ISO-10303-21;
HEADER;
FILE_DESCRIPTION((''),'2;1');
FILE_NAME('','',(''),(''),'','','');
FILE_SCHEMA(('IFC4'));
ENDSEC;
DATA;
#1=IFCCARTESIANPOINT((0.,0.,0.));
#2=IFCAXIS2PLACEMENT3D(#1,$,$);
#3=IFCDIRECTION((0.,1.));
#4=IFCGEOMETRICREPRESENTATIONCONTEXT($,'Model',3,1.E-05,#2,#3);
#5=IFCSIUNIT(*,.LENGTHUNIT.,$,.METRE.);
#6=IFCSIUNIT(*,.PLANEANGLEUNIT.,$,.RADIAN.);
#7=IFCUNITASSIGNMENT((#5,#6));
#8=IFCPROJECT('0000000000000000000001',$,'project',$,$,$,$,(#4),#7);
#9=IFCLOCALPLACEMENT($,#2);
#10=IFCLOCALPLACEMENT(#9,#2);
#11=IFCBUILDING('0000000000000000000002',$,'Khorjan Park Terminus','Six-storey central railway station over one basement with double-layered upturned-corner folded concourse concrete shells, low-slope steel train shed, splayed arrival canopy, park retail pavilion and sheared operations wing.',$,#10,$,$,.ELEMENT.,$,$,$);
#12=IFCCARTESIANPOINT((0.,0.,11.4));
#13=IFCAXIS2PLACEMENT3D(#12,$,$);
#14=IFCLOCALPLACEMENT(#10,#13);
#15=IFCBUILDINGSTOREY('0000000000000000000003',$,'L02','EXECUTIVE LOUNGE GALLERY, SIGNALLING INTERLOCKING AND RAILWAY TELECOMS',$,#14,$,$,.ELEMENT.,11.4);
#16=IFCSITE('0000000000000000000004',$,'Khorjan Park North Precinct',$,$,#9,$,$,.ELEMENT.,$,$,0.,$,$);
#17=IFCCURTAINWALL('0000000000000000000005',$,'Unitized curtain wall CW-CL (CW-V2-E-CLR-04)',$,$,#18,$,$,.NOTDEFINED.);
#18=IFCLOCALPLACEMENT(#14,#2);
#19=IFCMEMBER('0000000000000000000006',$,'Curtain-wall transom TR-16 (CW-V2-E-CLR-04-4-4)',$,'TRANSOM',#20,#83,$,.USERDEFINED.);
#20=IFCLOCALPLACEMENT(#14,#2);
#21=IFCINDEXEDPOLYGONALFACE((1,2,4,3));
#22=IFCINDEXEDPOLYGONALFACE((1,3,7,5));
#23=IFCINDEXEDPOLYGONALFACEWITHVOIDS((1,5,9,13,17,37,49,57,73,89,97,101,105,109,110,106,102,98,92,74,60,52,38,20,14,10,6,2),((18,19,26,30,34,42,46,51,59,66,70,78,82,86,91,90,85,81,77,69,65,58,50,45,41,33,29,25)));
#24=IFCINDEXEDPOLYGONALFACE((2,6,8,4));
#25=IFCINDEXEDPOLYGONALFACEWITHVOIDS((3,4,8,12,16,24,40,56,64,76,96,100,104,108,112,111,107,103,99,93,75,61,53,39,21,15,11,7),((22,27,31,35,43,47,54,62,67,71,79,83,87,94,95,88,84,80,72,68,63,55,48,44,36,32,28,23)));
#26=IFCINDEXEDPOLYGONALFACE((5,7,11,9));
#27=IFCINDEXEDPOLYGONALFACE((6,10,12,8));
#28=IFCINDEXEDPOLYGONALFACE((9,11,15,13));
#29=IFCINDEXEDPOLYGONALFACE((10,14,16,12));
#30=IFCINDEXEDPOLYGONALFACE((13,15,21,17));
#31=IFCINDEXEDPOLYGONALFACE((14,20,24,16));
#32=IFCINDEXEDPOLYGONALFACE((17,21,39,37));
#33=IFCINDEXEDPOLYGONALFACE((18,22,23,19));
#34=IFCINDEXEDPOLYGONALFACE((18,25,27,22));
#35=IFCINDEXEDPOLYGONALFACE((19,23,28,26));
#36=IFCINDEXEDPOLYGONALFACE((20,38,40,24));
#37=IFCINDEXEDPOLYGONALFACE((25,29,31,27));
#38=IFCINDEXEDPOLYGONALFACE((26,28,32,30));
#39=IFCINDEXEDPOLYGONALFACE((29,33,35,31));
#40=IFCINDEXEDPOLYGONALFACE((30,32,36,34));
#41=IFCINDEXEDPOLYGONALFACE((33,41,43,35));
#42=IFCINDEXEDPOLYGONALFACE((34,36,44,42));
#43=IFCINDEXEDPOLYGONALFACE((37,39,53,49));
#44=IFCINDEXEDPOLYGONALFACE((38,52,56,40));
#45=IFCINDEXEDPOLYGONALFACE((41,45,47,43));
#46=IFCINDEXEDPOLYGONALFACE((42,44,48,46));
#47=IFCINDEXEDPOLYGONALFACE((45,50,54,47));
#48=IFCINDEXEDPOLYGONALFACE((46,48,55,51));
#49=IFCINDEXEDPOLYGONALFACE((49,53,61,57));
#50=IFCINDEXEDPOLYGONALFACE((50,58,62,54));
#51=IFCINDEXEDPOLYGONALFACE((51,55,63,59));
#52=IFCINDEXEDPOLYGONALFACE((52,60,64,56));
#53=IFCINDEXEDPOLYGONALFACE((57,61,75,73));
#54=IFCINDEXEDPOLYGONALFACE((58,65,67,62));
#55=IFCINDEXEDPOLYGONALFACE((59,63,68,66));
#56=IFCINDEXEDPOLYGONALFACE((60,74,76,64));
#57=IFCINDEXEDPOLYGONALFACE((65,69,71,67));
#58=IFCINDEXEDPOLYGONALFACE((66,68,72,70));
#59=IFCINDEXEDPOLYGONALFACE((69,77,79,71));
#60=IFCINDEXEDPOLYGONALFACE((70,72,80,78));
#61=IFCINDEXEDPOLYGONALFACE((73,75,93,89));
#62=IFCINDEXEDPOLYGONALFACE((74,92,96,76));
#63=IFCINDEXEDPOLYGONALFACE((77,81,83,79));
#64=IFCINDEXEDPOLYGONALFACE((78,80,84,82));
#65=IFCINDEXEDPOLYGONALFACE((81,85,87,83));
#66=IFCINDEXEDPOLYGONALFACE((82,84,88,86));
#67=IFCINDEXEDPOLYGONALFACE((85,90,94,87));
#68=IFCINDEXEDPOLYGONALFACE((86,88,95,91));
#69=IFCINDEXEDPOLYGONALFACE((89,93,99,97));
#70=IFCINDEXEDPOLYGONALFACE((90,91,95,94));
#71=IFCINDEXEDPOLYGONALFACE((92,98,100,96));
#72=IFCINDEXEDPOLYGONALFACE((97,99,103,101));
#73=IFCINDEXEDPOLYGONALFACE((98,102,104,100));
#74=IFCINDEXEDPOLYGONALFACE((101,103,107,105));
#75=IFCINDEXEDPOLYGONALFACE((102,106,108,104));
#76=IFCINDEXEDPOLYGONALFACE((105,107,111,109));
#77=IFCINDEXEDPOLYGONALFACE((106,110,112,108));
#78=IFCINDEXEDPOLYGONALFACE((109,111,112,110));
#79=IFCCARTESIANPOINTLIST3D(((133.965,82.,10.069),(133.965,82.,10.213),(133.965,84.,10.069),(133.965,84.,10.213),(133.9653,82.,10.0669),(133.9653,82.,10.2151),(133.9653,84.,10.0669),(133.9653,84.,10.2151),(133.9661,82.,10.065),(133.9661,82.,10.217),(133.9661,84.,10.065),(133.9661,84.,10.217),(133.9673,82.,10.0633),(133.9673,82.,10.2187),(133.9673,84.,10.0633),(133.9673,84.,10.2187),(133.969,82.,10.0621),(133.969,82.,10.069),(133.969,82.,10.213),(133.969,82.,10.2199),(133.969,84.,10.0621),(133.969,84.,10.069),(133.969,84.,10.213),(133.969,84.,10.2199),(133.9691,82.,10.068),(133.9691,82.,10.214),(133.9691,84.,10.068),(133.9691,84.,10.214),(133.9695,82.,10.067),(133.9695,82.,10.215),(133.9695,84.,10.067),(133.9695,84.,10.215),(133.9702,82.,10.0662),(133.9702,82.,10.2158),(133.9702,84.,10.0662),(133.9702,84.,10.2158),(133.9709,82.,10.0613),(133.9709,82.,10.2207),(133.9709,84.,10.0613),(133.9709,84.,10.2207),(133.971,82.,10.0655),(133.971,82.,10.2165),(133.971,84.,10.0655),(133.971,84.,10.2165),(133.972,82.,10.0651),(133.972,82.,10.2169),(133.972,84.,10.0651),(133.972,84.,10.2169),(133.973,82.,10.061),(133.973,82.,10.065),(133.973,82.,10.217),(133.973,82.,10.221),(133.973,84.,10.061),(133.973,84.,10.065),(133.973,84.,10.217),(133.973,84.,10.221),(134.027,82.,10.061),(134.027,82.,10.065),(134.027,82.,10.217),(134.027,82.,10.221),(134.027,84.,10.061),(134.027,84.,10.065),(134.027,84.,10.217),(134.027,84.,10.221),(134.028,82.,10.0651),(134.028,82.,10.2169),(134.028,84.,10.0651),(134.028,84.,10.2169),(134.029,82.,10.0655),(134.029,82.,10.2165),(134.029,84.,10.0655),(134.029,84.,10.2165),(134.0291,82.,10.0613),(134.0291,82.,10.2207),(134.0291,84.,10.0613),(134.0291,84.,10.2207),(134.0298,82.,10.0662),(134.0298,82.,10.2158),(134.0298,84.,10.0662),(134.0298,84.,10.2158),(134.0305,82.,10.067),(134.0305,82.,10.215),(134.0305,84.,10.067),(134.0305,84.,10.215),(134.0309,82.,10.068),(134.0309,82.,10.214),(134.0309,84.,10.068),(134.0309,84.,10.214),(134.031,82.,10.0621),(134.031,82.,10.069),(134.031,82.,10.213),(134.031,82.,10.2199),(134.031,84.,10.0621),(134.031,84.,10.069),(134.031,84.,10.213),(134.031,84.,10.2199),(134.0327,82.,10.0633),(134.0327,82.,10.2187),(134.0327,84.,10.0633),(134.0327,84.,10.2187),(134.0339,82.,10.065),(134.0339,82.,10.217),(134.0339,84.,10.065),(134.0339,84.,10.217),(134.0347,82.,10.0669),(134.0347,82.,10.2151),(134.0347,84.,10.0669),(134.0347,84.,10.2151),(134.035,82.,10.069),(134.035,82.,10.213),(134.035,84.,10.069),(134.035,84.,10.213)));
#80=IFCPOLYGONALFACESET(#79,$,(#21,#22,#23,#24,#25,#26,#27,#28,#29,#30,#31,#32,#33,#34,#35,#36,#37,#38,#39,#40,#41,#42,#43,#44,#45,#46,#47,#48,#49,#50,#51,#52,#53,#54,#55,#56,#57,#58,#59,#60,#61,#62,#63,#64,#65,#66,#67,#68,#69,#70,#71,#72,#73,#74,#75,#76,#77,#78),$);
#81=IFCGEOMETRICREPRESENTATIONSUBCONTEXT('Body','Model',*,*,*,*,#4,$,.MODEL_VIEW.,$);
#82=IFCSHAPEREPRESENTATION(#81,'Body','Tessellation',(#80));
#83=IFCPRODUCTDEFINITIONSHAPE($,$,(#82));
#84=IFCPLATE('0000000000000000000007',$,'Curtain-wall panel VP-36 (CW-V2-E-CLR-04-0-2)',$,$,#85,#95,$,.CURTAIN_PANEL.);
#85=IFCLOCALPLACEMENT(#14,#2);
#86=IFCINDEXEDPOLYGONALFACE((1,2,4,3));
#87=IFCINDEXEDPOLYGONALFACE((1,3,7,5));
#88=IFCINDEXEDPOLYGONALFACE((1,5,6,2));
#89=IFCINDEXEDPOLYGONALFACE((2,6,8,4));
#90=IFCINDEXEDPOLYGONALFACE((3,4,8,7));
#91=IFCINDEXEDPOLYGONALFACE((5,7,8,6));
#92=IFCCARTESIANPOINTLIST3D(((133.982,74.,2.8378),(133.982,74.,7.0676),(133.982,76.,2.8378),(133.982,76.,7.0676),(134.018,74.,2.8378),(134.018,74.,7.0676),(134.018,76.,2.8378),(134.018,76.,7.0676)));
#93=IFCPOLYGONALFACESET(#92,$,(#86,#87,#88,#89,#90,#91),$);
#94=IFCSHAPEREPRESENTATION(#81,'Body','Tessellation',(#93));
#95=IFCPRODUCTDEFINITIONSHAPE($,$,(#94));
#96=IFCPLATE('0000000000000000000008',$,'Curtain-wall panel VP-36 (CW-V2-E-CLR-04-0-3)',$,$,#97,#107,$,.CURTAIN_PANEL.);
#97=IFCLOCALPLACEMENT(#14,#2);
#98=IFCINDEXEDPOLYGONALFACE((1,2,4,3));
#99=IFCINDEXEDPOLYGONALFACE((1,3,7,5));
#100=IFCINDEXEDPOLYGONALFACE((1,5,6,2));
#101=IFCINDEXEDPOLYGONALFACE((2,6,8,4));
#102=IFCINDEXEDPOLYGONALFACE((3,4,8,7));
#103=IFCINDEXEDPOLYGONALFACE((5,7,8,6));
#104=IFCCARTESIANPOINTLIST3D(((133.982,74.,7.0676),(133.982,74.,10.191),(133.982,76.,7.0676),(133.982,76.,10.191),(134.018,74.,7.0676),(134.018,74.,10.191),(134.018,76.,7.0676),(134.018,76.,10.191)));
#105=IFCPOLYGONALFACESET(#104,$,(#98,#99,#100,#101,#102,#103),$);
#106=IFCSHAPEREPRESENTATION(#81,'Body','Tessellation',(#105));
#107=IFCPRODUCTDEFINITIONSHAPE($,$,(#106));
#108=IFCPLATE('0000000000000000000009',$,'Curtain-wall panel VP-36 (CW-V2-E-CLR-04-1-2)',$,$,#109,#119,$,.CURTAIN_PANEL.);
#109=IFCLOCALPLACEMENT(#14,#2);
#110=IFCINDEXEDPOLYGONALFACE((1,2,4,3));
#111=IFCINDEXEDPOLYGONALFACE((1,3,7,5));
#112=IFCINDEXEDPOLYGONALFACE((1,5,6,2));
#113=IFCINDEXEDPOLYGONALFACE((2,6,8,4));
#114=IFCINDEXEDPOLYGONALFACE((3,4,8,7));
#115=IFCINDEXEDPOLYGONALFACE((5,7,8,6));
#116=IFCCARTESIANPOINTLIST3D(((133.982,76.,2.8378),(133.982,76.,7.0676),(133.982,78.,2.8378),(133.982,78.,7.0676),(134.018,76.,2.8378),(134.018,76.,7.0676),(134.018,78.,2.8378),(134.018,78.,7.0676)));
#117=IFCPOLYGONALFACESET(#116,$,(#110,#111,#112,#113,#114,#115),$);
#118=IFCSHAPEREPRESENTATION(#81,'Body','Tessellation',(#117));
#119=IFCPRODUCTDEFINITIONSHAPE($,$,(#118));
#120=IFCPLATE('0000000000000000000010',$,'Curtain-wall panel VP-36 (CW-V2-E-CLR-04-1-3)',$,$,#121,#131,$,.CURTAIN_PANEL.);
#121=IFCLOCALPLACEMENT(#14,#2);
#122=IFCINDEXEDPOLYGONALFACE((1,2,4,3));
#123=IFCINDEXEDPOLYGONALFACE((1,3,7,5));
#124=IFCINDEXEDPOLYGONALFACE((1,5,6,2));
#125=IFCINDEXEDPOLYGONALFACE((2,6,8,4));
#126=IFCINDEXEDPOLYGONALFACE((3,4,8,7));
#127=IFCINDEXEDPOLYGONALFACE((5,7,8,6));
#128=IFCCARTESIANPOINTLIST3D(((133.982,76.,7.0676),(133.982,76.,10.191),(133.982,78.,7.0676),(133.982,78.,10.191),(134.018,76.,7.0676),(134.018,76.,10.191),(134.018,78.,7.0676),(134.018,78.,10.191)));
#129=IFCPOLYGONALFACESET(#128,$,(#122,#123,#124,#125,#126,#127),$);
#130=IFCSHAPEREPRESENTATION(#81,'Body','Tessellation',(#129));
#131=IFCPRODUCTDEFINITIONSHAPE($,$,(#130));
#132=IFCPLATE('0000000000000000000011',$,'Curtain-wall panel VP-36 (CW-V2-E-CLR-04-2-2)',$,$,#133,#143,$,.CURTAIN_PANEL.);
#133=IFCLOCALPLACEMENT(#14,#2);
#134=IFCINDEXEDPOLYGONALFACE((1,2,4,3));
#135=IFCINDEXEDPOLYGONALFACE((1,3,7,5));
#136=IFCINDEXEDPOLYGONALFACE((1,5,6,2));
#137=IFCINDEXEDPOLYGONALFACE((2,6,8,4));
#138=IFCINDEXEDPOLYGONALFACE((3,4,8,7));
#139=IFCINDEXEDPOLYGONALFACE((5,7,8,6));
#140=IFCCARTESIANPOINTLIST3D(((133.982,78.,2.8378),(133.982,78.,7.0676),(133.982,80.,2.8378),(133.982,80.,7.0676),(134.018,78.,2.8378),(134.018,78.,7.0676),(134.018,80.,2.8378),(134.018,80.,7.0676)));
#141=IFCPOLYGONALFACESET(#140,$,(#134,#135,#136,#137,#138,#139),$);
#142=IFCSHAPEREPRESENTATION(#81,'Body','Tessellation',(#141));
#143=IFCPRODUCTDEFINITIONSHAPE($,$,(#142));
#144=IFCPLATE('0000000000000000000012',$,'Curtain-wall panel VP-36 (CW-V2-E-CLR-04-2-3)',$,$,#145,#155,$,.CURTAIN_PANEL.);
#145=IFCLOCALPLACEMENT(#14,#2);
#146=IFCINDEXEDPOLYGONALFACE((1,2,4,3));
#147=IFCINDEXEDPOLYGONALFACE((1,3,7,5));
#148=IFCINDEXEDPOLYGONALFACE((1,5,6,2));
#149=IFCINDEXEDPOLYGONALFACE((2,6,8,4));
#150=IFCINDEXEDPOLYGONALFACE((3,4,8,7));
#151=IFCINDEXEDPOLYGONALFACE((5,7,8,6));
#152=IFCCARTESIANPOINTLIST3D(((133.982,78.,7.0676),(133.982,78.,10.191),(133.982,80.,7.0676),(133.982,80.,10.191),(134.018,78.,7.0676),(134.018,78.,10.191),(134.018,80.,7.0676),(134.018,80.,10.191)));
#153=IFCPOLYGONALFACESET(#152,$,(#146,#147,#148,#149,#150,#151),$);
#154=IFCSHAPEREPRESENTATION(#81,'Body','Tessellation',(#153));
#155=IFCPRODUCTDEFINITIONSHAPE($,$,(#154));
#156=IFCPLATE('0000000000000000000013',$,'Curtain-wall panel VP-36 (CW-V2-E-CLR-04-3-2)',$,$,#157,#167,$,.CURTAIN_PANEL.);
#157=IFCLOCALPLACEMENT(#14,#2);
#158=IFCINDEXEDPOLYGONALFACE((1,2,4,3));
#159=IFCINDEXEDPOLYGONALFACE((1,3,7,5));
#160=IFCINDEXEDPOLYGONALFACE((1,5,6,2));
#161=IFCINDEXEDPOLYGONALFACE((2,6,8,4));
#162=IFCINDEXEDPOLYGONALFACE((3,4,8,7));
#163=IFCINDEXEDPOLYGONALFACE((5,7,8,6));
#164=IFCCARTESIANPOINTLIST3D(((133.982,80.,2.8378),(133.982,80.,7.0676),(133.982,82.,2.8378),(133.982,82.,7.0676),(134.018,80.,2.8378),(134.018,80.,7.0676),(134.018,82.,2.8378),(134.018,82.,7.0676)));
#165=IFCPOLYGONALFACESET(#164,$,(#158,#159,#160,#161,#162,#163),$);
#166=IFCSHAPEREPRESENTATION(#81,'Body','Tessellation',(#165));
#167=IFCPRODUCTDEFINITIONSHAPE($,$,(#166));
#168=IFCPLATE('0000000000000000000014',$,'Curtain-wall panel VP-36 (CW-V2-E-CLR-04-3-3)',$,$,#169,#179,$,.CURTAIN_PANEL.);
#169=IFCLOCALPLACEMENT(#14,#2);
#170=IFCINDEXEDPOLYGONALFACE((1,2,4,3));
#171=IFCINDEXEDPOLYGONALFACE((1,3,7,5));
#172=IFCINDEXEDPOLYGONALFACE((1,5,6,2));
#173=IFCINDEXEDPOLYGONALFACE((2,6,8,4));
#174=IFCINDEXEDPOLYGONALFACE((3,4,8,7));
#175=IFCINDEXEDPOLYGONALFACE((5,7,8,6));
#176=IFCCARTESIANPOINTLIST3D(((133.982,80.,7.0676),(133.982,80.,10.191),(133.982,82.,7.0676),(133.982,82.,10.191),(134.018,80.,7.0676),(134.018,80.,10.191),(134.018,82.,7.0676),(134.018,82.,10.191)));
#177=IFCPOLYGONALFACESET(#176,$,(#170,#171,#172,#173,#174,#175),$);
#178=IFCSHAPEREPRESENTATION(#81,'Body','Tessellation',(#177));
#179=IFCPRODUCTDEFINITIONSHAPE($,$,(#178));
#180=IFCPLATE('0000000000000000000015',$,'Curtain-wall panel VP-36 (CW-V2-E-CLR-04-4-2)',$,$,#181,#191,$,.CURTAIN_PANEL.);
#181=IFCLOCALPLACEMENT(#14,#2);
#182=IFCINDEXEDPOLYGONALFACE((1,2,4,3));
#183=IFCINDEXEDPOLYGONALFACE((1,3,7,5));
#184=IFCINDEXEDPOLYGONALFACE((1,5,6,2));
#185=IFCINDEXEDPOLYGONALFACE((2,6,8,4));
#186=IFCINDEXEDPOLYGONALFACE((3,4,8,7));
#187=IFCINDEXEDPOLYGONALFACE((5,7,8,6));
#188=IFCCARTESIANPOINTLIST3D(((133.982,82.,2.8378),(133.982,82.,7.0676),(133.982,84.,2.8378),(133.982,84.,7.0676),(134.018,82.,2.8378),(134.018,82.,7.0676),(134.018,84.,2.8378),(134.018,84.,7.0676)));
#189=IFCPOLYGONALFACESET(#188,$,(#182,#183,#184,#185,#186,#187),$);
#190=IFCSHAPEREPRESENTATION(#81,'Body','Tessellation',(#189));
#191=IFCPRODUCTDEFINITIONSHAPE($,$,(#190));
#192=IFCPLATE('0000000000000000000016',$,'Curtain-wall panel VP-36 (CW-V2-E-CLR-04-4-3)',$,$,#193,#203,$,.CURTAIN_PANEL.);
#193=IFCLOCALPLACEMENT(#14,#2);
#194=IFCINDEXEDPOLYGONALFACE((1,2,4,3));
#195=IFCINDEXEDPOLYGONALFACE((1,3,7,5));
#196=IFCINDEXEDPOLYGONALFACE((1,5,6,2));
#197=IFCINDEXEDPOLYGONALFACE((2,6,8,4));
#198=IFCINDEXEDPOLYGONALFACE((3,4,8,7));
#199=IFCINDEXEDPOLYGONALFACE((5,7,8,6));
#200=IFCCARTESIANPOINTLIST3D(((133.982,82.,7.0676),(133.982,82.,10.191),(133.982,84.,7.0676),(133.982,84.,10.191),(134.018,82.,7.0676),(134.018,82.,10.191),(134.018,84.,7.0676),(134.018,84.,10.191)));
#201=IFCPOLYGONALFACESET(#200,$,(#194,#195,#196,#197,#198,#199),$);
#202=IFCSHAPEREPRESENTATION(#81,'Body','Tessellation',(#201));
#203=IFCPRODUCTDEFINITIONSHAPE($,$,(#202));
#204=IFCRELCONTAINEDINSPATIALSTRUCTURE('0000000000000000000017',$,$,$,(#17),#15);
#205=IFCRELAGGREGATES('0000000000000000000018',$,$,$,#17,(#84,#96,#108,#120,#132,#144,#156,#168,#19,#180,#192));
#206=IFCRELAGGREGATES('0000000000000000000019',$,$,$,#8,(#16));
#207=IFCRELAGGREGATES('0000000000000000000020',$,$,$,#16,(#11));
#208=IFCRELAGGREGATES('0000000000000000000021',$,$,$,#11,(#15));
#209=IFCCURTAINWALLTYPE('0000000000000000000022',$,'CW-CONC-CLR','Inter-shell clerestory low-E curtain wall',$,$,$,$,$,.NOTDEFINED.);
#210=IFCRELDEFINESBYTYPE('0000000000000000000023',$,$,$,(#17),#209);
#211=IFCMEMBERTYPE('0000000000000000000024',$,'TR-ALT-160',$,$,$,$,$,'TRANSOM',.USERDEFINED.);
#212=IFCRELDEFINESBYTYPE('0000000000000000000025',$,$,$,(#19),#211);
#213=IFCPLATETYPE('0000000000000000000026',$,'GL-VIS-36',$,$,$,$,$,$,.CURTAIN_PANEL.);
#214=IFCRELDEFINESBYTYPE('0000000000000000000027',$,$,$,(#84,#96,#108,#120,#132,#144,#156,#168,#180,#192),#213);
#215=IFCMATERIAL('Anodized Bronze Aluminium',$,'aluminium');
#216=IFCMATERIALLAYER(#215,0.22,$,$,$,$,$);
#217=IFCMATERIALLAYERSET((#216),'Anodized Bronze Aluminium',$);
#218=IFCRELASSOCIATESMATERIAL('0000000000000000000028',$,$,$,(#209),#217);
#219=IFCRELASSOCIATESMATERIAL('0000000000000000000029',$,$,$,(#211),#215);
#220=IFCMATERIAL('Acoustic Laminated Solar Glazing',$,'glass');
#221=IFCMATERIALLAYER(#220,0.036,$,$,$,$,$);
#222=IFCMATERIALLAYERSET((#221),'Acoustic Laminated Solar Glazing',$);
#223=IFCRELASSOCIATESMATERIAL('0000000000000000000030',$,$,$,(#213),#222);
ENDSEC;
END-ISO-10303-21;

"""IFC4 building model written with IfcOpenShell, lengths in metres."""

from ifc_helpers import new_model, si_unit, direction, frame, origin, origin_2d, place, context, subcontext, project, spatial, rectangle, hollow_rectangle, extrude, material, layer, layer_set, material_profile, profile_set, type_object, element, aggregate, save


model = new_model("IFC4")

# Units and contexts
model_context = context("Model", 3, precision=1e-05, world=origin(), true_north=direction((0.0, 1.0)))
body_context = subcontext(model_context, "Body", "Model", "MODEL_VIEW")
ifc_project = project(units=[si_unit("LENGTHUNIT", "METRE"), si_unit("PLANEANGLEUNIT", "RADIAN")], contexts=[model_context])

# Site, building, storey
site_placement = place(None, origin())
site = spatial("IfcSite", under=ifc_project, at=site_placement, Name="Khorjan Park North Precinct", CompositionType="ELEMENT", RefElevation=0.0)
building_placement = place(site_placement, origin())
building = spatial("IfcBuilding", under=site, at=building_placement, Name="Khorjan Park Terminus", Description="Six-storey central railway station over one basement with double-layered upturned-corner folded concourse concrete shells, low-slope steel train shed, splayed arrival canopy, park retail pavilion and sheared operations wing.", CompositionType="ELEMENT")
storey_placement = place(building_placement, frame((0.0, 0.0, 11.4)))
storey = spatial("IfcBuildingStorey", under=building, at=storey_placement, Name="L02", Description="EXECUTIVE LOUNGE GALLERY, SIGNALLING INTERLOCKING AND RAILWAY TELECOMS", CompositionType="ELEMENT", Elevation=11.4)

# Curtain wall, member, plates
ifc_material_1 = material(Name="Anodized Bronze Aluminium", Category="aluminium")
ifc_layer_1 = layer(ifc_material_1, 0.22)
ifc_layer_set_1 = layer_set([ifc_layer_1], Name="Anodized Bronze Aluminium")
curtain_wall_type = type_object("IfcCurtainWallType", Name="CW-CONC-CLR", Description="Inter-shell clerestory low-E curtain wall", PredefinedType="NOTDEFINED", material=ifc_layer_set_1)
curtain_wall_placement = place(storey_placement, origin())
curtain_wall = element("IfcCurtainWall", 1, at=curtain_wall_placement, inside=storey, type_object=curtain_wall_type, Name="Unitized curtain wall CW-CL (CW-V2-E-CLR-04)", PredefinedType="NOTDEFINED")
ifc_material_profile_1 = material_profile(ifc_material_1, hollow_rectangle(XDim=0.07, YDim=0.16, WallThickness=0.004, InnerFilletRadius=0.004, OuterFilletRadius=0.008, at=origin_2d()), Name="ALT 70x160x4")
ifc_profile_set_1 = profile_set([ifc_material_profile_1], Name="Anodized Bronze Aluminium")
member_type_1 = type_object("IfcMemberType", Name="TR-ALT-160", ElementType="TRANSOM", PredefinedType="USERDEFINED", material=ifc_profile_set_1)
member_1_placement = place(storey_placement, frame((134.0, 82.0, 10.141), z_axis=(0.0, 1.0, 0.0), x_axis=(-1.0, 0.0, 0.0)))
member_1 = element("IfcMember", 2, at=member_1_placement, type_object=member_type_1, Name="Curtain-wall transom TR-16 (CW-V2-E-CLR-04-4-4)", ObjectType="TRANSOM", PredefinedType="USERDEFINED", context=body_context, shape_type="SweptSolid", body=[
    extrude(hollow_rectangle(XDim=0.07, YDim=0.16, WallThickness=0.004, InnerFilletRadius=0.004, OuterFilletRadius=0.008, at=origin_2d()), origin(), (0.0, 0.0, 1.0), 2.0),
])
ifc_material_2 = material(Name="Acoustic Laminated Solar Glazing", Category="glass")
ifc_layer_2 = layer(ifc_material_2, 0.036)
ifc_layer_set_2 = layer_set([ifc_layer_2], Name="Acoustic Laminated Solar Glazing")
plate_type_1 = type_object("IfcPlateType", Name="GL-VIS-36", PredefinedType="CURTAIN_PANEL", material=ifc_layer_set_2)
plate_1_placement = place(storey_placement, frame((134.0, 75.0, 2.8378), z_axis=(0.0, 0.0, 1.0), x_axis=(0.0, 1.0, 0.0)))
plate_1 = element("IfcPlate", 3, at=plate_1_placement, type_object=plate_type_1, Name="Curtain-wall panel VP-36 (CW-V2-E-CLR-04-0-2)", PredefinedType="CURTAIN_PANEL", context=body_context, shape_type="SweptSolid", body=[
    extrude(rectangle(XDim=2.0, YDim=0.036, at=origin_2d()), origin(), (0.0, 0.0, 1.0), 4.2298),
])
plate_2_placement = place(storey_placement, frame((134.0, 75.0, 7.0676), z_axis=(0.0, 0.0, 1.0), x_axis=(0.0, 1.0, 0.0)))
plate_2 = element("IfcPlate", 4, at=plate_2_placement, type_object=plate_type_1, Name="Curtain-wall panel VP-36 (CW-V2-E-CLR-04-0-3)", PredefinedType="CURTAIN_PANEL", context=body_context, shape_type="SweptSolid", body=[
    extrude(rectangle(XDim=2.0, YDim=0.036, at=origin_2d()), origin(), (0.0, 0.0, 1.0), 3.1234),
])
plate_3_placement = place(storey_placement, frame((134.0, 77.0, 2.8378), z_axis=(0.0, 0.0, 1.0), x_axis=(0.0, 1.0, 0.0)))
plate_3 = element("IfcPlate", 5, at=plate_3_placement, type_object=plate_type_1, Name="Curtain-wall panel VP-36 (CW-V2-E-CLR-04-1-2)", PredefinedType="CURTAIN_PANEL", context=body_context, shape_type="SweptSolid", body=[
    extrude(rectangle(XDim=2.0, YDim=0.036, at=origin_2d()), origin(), (0.0, 0.0, 1.0), 4.2298),
])
plate_4_placement = place(storey_placement, frame((134.0, 77.0, 7.0676), z_axis=(0.0, 0.0, 1.0), x_axis=(0.0, 1.0, 0.0)))
plate_4 = element("IfcPlate", 6, at=plate_4_placement, type_object=plate_type_1, Name="Curtain-wall panel VP-36 (CW-V2-E-CLR-04-1-3)", PredefinedType="CURTAIN_PANEL", context=body_context, shape_type="SweptSolid", body=[
    extrude(rectangle(XDim=2.0, YDim=0.036, at=origin_2d()), origin(), (0.0, 0.0, 1.0), 3.1234),
])
plate_5_placement = place(storey_placement, frame((134.0, 79.0, 2.8378), z_axis=(0.0, 0.0, 1.0), x_axis=(0.0, 1.0, 0.0)))
plate_5 = element("IfcPlate", 7, at=plate_5_placement, type_object=plate_type_1, Name="Curtain-wall panel VP-36 (CW-V2-E-CLR-04-2-2)", PredefinedType="CURTAIN_PANEL", context=body_context, shape_type="SweptSolid", body=[
    extrude(rectangle(XDim=2.0, YDim=0.036, at=origin_2d()), origin(), (0.0, 0.0, 1.0), 4.2298),
])
plate_6_placement = place(storey_placement, frame((134.0, 79.0, 7.0676), z_axis=(0.0, 0.0, 1.0), x_axis=(0.0, 1.0, 0.0)))
plate_6 = element("IfcPlate", 8, at=plate_6_placement, type_object=plate_type_1, Name="Curtain-wall panel VP-36 (CW-V2-E-CLR-04-2-3)", PredefinedType="CURTAIN_PANEL", context=body_context, shape_type="SweptSolid", body=[
    extrude(rectangle(XDim=2.0, YDim=0.036, at=origin_2d()), origin(), (0.0, 0.0, 1.0), 3.1234),
])
plate_7_placement = place(storey_placement, frame((134.0, 81.0, 2.8378), z_axis=(0.0, 0.0, 1.0), x_axis=(0.0, 1.0, 0.0)))
plate_7 = element("IfcPlate", 9, at=plate_7_placement, type_object=plate_type_1, Name="Curtain-wall panel VP-36 (CW-V2-E-CLR-04-3-2)", PredefinedType="CURTAIN_PANEL", context=body_context, shape_type="SweptSolid", body=[
    extrude(rectangle(XDim=2.0, YDim=0.036, at=origin_2d()), origin(), (0.0, 0.0, 1.0), 4.2298),
])
plate_8_placement = place(storey_placement, frame((134.0, 81.0, 7.0676), z_axis=(0.0, 0.0, 1.0), x_axis=(0.0, 1.0, 0.0)))
plate_8 = element("IfcPlate", 10, at=plate_8_placement, type_object=plate_type_1, Name="Curtain-wall panel VP-36 (CW-V2-E-CLR-04-3-3)", PredefinedType="CURTAIN_PANEL", context=body_context, shape_type="SweptSolid", body=[
    extrude(rectangle(XDim=2.0, YDim=0.036, at=origin_2d()), origin(), (0.0, 0.0, 1.0), 3.1234),
])
plate_9_placement = place(storey_placement, frame((134.0, 83.0, 2.8378), z_axis=(0.0, 0.0, 1.0), x_axis=(0.0, 1.0, 0.0)))
plate_9 = element("IfcPlate", 11, at=plate_9_placement, type_object=plate_type_1, Name="Curtain-wall panel VP-36 (CW-V2-E-CLR-04-4-2)", PredefinedType="CURTAIN_PANEL", context=body_context, shape_type="SweptSolid", body=[
    extrude(rectangle(XDim=2.0, YDim=0.036, at=origin_2d()), origin(), (0.0, 0.0, 1.0), 4.2298),
])
plate_10_placement = place(storey_placement, frame((134.0, 83.0, 7.0676), z_axis=(0.0, 0.0, 1.0), x_axis=(0.0, 1.0, 0.0)))
plate_10 = element("IfcPlate", 12, at=plate_10_placement, type_object=plate_type_1, Name="Curtain-wall panel VP-36 (CW-V2-E-CLR-04-4-3)", PredefinedType="CURTAIN_PANEL", context=body_context, shape_type="SweptSolid", body=[
    extrude(rectangle(XDim=2.0, YDim=0.036, at=origin_2d()), origin(), (0.0, 0.0, 1.0), 3.1234),
])

aggregate(curtain_wall, [plate_1, plate_2, plate_3, plate_4, plate_5, plate_6, plate_7, plate_8, member_1, plate_9, plate_10])

save(model, "model.ifc")
